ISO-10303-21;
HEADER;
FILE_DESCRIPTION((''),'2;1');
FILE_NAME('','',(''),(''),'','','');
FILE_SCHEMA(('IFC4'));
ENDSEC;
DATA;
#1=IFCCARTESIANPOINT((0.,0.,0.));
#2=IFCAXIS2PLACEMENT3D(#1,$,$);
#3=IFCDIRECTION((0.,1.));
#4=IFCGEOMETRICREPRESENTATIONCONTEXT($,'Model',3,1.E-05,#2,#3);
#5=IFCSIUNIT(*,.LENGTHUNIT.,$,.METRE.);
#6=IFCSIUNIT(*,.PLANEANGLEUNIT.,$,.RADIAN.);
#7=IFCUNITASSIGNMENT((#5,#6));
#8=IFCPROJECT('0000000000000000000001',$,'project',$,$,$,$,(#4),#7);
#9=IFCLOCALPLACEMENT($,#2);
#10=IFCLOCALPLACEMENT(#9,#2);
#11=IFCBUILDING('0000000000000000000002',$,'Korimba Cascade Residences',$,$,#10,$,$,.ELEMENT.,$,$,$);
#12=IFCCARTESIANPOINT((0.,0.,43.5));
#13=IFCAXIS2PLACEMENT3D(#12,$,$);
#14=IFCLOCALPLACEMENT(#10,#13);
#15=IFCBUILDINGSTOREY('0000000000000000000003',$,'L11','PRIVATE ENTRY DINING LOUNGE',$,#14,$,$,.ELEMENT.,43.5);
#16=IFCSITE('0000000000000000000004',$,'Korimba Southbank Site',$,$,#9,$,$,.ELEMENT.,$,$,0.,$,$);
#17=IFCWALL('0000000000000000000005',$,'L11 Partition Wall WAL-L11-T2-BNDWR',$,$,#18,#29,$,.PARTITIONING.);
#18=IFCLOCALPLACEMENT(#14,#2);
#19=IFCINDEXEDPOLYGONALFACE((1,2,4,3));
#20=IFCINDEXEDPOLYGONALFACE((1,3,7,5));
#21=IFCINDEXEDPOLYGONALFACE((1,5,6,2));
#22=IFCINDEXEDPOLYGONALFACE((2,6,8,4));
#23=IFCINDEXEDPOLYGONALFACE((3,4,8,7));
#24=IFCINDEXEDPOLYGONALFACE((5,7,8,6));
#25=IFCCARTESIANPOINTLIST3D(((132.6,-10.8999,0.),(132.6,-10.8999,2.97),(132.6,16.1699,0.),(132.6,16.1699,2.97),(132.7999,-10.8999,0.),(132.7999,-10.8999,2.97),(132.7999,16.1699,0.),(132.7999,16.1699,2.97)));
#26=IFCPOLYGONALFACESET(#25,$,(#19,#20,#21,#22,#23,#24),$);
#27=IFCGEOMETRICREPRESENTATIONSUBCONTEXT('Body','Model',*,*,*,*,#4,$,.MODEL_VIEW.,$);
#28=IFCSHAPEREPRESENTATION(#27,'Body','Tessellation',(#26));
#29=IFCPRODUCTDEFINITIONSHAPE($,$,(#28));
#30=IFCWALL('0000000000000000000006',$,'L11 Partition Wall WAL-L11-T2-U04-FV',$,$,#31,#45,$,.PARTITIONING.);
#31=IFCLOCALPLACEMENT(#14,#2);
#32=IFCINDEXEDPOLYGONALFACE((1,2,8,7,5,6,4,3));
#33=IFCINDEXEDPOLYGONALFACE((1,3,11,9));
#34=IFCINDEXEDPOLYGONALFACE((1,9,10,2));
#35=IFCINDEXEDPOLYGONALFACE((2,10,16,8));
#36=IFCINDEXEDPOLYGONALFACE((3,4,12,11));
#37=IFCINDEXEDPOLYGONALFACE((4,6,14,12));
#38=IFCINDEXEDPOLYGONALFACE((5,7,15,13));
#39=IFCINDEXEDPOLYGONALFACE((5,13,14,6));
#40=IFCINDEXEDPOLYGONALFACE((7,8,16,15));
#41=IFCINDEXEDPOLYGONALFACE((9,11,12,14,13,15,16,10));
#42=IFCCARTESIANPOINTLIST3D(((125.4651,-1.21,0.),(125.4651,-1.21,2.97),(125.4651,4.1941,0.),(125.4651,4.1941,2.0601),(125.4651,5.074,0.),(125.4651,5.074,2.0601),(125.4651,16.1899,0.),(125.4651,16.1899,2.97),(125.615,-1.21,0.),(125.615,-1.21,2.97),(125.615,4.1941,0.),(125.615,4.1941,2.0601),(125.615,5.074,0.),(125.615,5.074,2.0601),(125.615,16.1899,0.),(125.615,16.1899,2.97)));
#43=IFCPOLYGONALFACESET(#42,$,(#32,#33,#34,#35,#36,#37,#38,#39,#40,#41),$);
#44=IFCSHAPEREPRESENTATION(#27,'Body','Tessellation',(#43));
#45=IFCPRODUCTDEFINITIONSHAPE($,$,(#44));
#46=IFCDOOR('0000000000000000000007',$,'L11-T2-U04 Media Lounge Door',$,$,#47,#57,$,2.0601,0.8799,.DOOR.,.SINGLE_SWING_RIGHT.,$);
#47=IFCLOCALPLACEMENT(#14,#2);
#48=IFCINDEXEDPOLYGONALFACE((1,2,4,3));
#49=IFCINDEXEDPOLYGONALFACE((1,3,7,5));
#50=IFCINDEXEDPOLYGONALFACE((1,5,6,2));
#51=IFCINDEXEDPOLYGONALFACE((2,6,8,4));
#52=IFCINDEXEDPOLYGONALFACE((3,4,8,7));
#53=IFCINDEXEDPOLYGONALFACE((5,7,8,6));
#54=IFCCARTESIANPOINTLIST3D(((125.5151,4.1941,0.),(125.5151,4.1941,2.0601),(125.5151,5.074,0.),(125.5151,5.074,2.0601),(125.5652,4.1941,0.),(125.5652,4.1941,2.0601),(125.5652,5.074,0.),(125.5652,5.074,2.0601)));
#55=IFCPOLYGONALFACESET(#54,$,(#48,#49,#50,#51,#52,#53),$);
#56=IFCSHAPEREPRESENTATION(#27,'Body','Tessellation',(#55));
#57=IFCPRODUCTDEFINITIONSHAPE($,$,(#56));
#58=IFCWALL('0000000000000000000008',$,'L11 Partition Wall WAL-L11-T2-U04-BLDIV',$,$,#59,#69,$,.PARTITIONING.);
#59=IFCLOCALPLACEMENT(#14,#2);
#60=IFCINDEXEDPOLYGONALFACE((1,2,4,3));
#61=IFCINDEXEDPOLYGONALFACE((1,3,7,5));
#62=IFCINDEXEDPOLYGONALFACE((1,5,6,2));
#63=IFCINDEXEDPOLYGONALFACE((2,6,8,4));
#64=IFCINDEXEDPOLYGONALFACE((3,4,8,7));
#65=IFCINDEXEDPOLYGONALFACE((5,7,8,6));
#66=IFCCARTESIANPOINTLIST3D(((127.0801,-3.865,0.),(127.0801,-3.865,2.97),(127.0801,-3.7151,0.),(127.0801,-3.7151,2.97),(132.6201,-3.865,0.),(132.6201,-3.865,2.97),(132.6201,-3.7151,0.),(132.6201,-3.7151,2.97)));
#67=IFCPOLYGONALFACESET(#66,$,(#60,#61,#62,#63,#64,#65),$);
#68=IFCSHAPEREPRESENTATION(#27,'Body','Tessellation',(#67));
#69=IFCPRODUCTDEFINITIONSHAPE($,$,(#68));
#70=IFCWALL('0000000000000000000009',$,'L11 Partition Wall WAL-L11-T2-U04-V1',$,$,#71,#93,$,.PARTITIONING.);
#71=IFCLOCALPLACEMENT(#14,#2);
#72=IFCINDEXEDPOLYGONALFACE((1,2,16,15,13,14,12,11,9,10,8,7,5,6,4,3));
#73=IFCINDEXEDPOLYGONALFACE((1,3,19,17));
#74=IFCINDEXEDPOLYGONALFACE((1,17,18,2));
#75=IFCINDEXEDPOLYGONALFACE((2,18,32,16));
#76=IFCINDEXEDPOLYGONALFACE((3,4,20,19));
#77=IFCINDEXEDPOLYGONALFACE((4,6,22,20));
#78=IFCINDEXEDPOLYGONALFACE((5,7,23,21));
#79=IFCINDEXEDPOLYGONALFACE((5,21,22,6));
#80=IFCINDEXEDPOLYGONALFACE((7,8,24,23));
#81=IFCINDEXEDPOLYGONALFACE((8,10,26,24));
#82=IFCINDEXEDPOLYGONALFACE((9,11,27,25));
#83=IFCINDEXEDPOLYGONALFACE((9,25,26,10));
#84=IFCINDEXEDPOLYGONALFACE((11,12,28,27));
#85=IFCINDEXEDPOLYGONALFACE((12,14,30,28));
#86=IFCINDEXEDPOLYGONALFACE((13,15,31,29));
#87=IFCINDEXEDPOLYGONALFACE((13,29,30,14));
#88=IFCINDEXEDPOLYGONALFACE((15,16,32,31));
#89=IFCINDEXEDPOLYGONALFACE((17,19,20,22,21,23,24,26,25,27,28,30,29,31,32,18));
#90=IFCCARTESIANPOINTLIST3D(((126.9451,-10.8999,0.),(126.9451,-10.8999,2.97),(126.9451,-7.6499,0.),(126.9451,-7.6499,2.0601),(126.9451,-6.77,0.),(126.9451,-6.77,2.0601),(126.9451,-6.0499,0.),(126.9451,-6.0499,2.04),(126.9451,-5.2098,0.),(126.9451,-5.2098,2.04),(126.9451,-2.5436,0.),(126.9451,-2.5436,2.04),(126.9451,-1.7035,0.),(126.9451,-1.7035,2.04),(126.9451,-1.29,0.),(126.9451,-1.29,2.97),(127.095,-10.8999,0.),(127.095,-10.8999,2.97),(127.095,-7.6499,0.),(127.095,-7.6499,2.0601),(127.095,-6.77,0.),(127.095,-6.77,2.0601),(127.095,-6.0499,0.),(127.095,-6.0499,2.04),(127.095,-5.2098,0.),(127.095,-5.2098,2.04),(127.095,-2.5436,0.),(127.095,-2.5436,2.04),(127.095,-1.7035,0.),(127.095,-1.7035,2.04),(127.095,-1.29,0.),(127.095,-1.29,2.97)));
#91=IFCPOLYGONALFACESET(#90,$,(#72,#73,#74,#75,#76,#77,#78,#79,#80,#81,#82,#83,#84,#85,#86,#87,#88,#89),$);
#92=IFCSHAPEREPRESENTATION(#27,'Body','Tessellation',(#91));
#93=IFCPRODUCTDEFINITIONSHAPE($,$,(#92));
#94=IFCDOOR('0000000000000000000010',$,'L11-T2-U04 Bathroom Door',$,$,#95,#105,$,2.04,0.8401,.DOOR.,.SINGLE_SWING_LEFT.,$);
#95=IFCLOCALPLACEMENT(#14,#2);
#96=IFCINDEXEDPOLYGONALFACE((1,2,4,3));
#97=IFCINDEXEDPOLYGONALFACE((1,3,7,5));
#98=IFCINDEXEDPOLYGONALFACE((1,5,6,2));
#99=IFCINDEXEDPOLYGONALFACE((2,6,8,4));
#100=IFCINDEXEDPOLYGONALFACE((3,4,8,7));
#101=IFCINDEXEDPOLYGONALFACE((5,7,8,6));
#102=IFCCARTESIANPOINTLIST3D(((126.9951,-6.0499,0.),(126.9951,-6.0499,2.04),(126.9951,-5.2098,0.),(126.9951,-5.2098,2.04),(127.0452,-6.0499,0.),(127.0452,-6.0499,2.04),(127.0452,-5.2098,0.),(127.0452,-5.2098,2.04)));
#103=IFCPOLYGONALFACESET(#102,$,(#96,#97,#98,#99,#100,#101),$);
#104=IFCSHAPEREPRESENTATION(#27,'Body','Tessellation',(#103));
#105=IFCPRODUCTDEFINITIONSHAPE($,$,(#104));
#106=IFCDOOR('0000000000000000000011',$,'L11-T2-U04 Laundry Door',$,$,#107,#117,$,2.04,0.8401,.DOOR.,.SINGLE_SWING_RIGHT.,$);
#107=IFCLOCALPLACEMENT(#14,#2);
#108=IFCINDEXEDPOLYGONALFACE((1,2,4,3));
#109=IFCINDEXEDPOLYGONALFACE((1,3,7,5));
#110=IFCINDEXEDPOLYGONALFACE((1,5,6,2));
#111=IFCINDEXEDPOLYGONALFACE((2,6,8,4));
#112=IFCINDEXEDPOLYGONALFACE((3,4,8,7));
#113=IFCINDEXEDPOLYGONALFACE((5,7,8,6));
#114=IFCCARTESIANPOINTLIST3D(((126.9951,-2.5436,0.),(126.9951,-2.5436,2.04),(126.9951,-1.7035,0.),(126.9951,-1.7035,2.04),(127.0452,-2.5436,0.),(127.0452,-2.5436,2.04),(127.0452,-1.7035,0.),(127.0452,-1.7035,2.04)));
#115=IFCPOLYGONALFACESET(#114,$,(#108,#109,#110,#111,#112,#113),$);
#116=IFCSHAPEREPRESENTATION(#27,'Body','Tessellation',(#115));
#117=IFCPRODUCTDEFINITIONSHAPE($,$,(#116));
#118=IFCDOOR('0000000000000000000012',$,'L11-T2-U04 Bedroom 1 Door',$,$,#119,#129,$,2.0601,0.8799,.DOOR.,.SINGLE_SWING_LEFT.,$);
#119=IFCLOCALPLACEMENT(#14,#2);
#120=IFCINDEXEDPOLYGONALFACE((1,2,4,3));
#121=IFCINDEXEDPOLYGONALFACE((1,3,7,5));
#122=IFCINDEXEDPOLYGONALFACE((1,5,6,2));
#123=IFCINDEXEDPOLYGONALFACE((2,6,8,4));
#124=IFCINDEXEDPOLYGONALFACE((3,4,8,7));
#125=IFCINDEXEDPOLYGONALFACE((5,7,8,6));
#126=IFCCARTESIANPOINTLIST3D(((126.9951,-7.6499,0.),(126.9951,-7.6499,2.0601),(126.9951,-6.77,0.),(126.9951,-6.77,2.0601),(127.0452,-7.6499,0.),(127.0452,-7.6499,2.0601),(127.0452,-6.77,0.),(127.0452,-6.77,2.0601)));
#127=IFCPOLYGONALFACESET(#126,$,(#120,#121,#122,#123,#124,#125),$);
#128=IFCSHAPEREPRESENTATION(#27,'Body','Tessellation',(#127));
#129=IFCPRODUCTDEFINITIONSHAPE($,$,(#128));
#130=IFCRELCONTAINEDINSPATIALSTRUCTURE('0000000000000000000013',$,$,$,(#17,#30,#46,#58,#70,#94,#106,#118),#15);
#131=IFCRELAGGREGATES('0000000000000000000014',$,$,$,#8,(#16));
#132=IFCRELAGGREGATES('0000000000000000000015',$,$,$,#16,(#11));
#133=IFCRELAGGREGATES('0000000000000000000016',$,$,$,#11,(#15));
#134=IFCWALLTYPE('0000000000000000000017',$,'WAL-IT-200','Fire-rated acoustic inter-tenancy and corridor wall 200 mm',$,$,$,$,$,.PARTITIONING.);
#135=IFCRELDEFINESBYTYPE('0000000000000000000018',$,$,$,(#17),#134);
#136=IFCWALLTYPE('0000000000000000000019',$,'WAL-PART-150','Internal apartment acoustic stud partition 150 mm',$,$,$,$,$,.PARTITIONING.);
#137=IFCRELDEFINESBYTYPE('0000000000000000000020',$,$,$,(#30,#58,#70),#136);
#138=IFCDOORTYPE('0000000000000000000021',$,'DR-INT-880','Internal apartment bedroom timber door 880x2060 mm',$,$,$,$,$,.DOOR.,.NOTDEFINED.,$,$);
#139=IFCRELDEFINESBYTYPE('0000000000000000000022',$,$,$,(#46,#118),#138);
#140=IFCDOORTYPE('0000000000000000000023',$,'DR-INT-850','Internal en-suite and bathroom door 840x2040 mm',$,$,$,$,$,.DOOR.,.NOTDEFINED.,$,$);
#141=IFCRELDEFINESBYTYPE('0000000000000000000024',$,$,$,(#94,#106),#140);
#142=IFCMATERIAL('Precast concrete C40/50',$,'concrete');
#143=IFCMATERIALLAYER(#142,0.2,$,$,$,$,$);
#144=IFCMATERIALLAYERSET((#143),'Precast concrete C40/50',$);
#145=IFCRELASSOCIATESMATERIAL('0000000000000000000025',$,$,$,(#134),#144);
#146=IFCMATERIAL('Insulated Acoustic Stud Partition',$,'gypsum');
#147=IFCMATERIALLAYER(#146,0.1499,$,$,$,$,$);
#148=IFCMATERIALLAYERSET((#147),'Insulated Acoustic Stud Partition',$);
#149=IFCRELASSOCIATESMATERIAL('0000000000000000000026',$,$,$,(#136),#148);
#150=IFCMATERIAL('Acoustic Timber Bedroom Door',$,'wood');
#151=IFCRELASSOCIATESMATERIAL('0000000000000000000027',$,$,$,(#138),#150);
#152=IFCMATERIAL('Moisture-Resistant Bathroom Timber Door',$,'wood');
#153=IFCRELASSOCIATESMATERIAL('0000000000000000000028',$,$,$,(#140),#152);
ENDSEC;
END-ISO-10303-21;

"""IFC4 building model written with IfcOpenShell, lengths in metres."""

from ifc_helpers import new_model, si_unit, direction, frame, frame_2d, origin, place, context, subcontext, project, spatial, rectangle, extrude, material, layer, layer_set, type_object, element, fill, save


model = new_model("IFC4")

# Units and contexts
model_context = context("Model", 3, precision=1e-05, world=origin(), true_north=direction((0.0, 1.0)))
body_context = subcontext(model_context, "Body", "Model", "MODEL_VIEW")
ifc_project = project(units=[si_unit("LENGTHUNIT", "METRE"), si_unit("PLANEANGLEUNIT", "RADIAN")], contexts=[model_context])

# Site, building, storey
site_placement = place(None, origin())
site = spatial("IfcSite", under=ifc_project, at=site_placement, Name="Korimba Southbank Site", CompositionType="ELEMENT", RefElevation=0.0)
building_placement = place(site_placement, origin())
building = spatial("IfcBuilding", under=site, at=building_placement, Name="Korimba Cascade Residences", CompositionType="ELEMENT")
storey_placement = place(building_placement, frame((0.0, 0.0, 43.5)))
storey = spatial("IfcBuildingStorey", under=building, at=storey_placement, Name="L11", Description="PRIVATE ENTRY DINING LOUNGE", CompositionType="ELEMENT", Elevation=43.5)

# Shared definitions
ifc_material_1 = material(Name="Precast concrete C40/50", Category="concrete")

# Wall
ifc_layer_1 = layer(ifc_material_1, 0.2)
ifc_layer_set_1 = layer_set([ifc_layer_1], Name="Precast concrete C40/50")
wall_type_1 = type_object("IfcWallType", Name="WAL-IT-200", Description="Fire-rated acoustic inter-tenancy and corridor wall 200 mm", PredefinedType="PARTITIONING", material=ifc_layer_set_1)
wall_1_placement = place(storey_placement, frame((132.7, -10.8999, 0.0), z_axis=(0.0, 0.0, 1.0), x_axis=(0.0, 1.0, 0.0)))
element("IfcWall", 1, at=wall_1_placement, inside=storey, type_object=wall_type_1, Name="L11 Partition Wall WAL-L11-T2-BNDWR", PredefinedType="PARTITIONING", context=body_context, shape_type="SweptSolid", body=[
    extrude(rectangle(XDim=27.0698, YDim=0.2, at=frame_2d((13.5349, 0.0))), origin(), (0.0, 0.0, 1.0), 2.97),
])

# Wall, opening, door
ifc_material_2 = material(Name="Insulated Acoustic Stud Partition", Category="gypsum")
ifc_layer_2 = layer(ifc_material_2, 0.1499)
ifc_layer_set_2 = layer_set([ifc_layer_2], Name="Insulated Acoustic Stud Partition")
wall_type_2 = type_object("IfcWallType", Name="WAL-PART-150", Description="Internal apartment acoustic stud partition 150 mm", PredefinedType="PARTITIONING", material=ifc_layer_set_2)
wall_2_placement = place(storey_placement, frame((125.54, -1.21, 0.0), z_axis=(0.0, 0.0, 1.0), x_axis=(0.0, 1.0, 0.0)))
wall_2 = element("IfcWall", 2, at=wall_2_placement, inside=storey, type_object=wall_type_2, Name="L11 Partition Wall WAL-L11-T2-U04-FV", PredefinedType="PARTITIONING", context=body_context, shape_type="SweptSolid", body=[
    extrude(rectangle(XDim=17.3999, YDim=0.1499, at=frame_2d((8.7, 0.0))), origin(), (0.0, 0.0, 1.0), 2.97),
])
opening_1_placement = place(wall_2_placement, frame((5.4041, 0.0, 0.0)))
opening_1 = element("IfcOpeningElement", 3, at=opening_1_placement, cuts=wall_2, PredefinedType="OPENING", context=body_context, shape_type="SweptSolid", body=[
    extrude(rectangle(XDim=0.8799, YDim=2.0601, at=frame_2d((0.4399, 1.03))), frame((0.0, 0.085, 0.0), z_axis=(0.0, -1.0, 0.0), x_axis=(1.0, 0.0, 0.0)), (0.0, 0.0, 1.0), 0.1699),
])
ifc_material_3 = material(Name="Acoustic Timber Bedroom Door", Category="wood")
door_type_1 = type_object("IfcDoorType", Name="DR-INT-880", Description="Internal apartment bedroom timber door 880x2060 mm", OperationType="NOTDEFINED", PredefinedType="DOOR", material=ifc_material_3)
door_1_placement = place(opening_1_placement, origin())
door_1 = element("IfcDoor", 4, at=door_1_placement, inside=storey, type_object=door_type_1, Name="L11-T2-U04 Media Lounge Door", OperationType="SINGLE_SWING_RIGHT", OverallHeight=2.0601, OverallWidth=0.8799, PredefinedType="DOOR", context=body_context, shape_type="SweptSolid", body=[
    extrude(rectangle(XDim=0.8799, YDim=2.0601, at=frame_2d((0.4399, 1.03))), frame((0.0, 0.0249, 0.0), z_axis=(0.0, -1.0, 0.0), x_axis=(1.0, 0.0, 0.0)), (0.0, 0.0, 1.0), 0.05),
])
fill(opening_1, door_1)

# Wall
wall_3_placement = place(storey_placement, frame((127.0801, -3.79, 0.0), z_axis=(0.0, 0.0, 1.0), x_axis=(1.0, 0.0, 0.0)))
element("IfcWall", 5, at=wall_3_placement, inside=storey, type_object=wall_type_2, Name="L11 Partition Wall WAL-L11-T2-U04-BLDIV", PredefinedType="PARTITIONING", context=body_context, shape_type="SweptSolid", body=[
    extrude(rectangle(XDim=5.54, YDim=0.1499, at=frame_2d((2.77, 0.0))), origin(), (0.0, 0.0, 1.0), 2.97),
])

# Wall, openings, doors
wall_4_placement = place(storey_placement, frame((127.02, -10.8999, 0.0), z_axis=(0.0, 0.0, 1.0), x_axis=(0.0, 1.0, 0.0)))
wall_4 = element("IfcWall", 6, at=wall_4_placement, inside=storey, type_object=wall_type_2, Name="L11 Partition Wall WAL-L11-T2-U04-V1", PredefinedType="PARTITIONING", context=body_context, shape_type="SweptSolid", body=[
    extrude(rectangle(XDim=9.6099, YDim=0.1499, at=frame_2d((4.8049, 0.0))), origin(), (0.0, 0.0, 1.0), 2.97),
])
opening_2_placement = place(wall_4_placement, frame((4.8501, 0.0, 0.0)))
opening_2 = element("IfcOpeningElement", 7, at=opening_2_placement, cuts=wall_4, PredefinedType="OPENING", context=body_context, shape_type="SweptSolid", body=[
    extrude(rectangle(XDim=0.8401, YDim=2.04, at=frame_2d((0.4199, 1.02))), frame((0.0, 0.085, 0.0), z_axis=(0.0, -1.0, 0.0), x_axis=(1.0, 0.0, 0.0)), (0.0, 0.0, 1.0), 0.1699),
])
opening_3_placement = place(wall_4_placement, frame((8.3564, 0.0, 0.0)))
opening_3 = element("IfcOpeningElement", 8, at=opening_3_placement, cuts=wall_4, PredefinedType="OPENING", context=body_context, shape_type="SweptSolid", body=[
    extrude(rectangle(XDim=0.8401, YDim=2.04, at=frame_2d((0.4199, 1.02))), frame((0.0, 0.085, 0.0), z_axis=(0.0, -1.0, 0.0), x_axis=(1.0, 0.0, 0.0)), (0.0, 0.0, 1.0), 0.1699),
])
opening_4_placement = place(wall_4_placement, frame((3.25, 0.0, 0.0)))
opening_4 = element("IfcOpeningElement", 9, at=opening_4_placement, cuts=wall_4, PredefinedType="OPENING", context=body_context, shape_type="SweptSolid", body=[
    extrude(rectangle(XDim=0.8799, YDim=2.0601, at=frame_2d((0.4399, 1.03))), frame((0.0, 0.085, 0.0), z_axis=(0.0, -1.0, 0.0), x_axis=(1.0, 0.0, 0.0)), (0.0, 0.0, 1.0), 0.1699),
])
ifc_material_4 = material(Name="Moisture-Resistant Bathroom Timber Door", Category="wood")
door_type_2 = type_object("IfcDoorType", Name="DR-INT-850", Description="Internal en-suite and bathroom door 840x2040 mm", OperationType="NOTDEFINED", PredefinedType="DOOR", material=ifc_material_4)
door_2_placement = place(opening_2_placement, origin())
door_2 = element("IfcDoor", 10, at=door_2_placement, inside=storey, type_object=door_type_2, Name="L11-T2-U04 Bathroom Door", OperationType="SINGLE_SWING_LEFT", OverallHeight=2.04, OverallWidth=0.8401, PredefinedType="DOOR", context=body_context, shape_type="SweptSolid", body=[
    extrude(rectangle(XDim=0.8401, YDim=2.04, at=frame_2d((0.4199, 1.02))), frame((0.0, 0.0249, 0.0), z_axis=(0.0, -1.0, 0.0), x_axis=(1.0, 0.0, 0.0)), (0.0, 0.0, 1.0), 0.05),
])
fill(opening_2, door_2)
door_3_placement = place(opening_3_placement, origin())
door_3 = element("IfcDoor", 11, at=door_3_placement, inside=storey, type_object=door_type_2, Name="L11-T2-U04 Laundry Door", OperationType="SINGLE_SWING_RIGHT", OverallHeight=2.04, OverallWidth=0.8401, PredefinedType="DOOR", context=body_context, shape_type="SweptSolid", body=[
    extrude(rectangle(XDim=0.8401, YDim=2.04, at=frame_2d((0.4199, 1.02))), frame((0.0, 0.0249, 0.0), z_axis=(0.0, -1.0, 0.0), x_axis=(1.0, 0.0, 0.0)), (0.0, 0.0, 1.0), 0.05),
])
fill(opening_3, door_3)
door_4_placement = place(opening_4_placement, origin())
door_4 = element("IfcDoor", 12, at=door_4_placement, inside=storey, type_object=door_type_1, Name="L11-T2-U04 Bedroom 1 Door", OperationType="SINGLE_SWING_LEFT", OverallHeight=2.0601, OverallWidth=0.8799, PredefinedType="DOOR", context=body_context, shape_type="SweptSolid", body=[
    extrude(rectangle(XDim=0.8799, YDim=2.0601, at=frame_2d((0.4399, 1.03))), frame((0.0, 0.0249, 0.0), z_axis=(0.0, -1.0, 0.0), x_axis=(1.0, 0.0, 0.0)), (0.0, 0.0, 1.0), 0.05),
])
fill(opening_4, door_4)

save(model, "model.ifc")
